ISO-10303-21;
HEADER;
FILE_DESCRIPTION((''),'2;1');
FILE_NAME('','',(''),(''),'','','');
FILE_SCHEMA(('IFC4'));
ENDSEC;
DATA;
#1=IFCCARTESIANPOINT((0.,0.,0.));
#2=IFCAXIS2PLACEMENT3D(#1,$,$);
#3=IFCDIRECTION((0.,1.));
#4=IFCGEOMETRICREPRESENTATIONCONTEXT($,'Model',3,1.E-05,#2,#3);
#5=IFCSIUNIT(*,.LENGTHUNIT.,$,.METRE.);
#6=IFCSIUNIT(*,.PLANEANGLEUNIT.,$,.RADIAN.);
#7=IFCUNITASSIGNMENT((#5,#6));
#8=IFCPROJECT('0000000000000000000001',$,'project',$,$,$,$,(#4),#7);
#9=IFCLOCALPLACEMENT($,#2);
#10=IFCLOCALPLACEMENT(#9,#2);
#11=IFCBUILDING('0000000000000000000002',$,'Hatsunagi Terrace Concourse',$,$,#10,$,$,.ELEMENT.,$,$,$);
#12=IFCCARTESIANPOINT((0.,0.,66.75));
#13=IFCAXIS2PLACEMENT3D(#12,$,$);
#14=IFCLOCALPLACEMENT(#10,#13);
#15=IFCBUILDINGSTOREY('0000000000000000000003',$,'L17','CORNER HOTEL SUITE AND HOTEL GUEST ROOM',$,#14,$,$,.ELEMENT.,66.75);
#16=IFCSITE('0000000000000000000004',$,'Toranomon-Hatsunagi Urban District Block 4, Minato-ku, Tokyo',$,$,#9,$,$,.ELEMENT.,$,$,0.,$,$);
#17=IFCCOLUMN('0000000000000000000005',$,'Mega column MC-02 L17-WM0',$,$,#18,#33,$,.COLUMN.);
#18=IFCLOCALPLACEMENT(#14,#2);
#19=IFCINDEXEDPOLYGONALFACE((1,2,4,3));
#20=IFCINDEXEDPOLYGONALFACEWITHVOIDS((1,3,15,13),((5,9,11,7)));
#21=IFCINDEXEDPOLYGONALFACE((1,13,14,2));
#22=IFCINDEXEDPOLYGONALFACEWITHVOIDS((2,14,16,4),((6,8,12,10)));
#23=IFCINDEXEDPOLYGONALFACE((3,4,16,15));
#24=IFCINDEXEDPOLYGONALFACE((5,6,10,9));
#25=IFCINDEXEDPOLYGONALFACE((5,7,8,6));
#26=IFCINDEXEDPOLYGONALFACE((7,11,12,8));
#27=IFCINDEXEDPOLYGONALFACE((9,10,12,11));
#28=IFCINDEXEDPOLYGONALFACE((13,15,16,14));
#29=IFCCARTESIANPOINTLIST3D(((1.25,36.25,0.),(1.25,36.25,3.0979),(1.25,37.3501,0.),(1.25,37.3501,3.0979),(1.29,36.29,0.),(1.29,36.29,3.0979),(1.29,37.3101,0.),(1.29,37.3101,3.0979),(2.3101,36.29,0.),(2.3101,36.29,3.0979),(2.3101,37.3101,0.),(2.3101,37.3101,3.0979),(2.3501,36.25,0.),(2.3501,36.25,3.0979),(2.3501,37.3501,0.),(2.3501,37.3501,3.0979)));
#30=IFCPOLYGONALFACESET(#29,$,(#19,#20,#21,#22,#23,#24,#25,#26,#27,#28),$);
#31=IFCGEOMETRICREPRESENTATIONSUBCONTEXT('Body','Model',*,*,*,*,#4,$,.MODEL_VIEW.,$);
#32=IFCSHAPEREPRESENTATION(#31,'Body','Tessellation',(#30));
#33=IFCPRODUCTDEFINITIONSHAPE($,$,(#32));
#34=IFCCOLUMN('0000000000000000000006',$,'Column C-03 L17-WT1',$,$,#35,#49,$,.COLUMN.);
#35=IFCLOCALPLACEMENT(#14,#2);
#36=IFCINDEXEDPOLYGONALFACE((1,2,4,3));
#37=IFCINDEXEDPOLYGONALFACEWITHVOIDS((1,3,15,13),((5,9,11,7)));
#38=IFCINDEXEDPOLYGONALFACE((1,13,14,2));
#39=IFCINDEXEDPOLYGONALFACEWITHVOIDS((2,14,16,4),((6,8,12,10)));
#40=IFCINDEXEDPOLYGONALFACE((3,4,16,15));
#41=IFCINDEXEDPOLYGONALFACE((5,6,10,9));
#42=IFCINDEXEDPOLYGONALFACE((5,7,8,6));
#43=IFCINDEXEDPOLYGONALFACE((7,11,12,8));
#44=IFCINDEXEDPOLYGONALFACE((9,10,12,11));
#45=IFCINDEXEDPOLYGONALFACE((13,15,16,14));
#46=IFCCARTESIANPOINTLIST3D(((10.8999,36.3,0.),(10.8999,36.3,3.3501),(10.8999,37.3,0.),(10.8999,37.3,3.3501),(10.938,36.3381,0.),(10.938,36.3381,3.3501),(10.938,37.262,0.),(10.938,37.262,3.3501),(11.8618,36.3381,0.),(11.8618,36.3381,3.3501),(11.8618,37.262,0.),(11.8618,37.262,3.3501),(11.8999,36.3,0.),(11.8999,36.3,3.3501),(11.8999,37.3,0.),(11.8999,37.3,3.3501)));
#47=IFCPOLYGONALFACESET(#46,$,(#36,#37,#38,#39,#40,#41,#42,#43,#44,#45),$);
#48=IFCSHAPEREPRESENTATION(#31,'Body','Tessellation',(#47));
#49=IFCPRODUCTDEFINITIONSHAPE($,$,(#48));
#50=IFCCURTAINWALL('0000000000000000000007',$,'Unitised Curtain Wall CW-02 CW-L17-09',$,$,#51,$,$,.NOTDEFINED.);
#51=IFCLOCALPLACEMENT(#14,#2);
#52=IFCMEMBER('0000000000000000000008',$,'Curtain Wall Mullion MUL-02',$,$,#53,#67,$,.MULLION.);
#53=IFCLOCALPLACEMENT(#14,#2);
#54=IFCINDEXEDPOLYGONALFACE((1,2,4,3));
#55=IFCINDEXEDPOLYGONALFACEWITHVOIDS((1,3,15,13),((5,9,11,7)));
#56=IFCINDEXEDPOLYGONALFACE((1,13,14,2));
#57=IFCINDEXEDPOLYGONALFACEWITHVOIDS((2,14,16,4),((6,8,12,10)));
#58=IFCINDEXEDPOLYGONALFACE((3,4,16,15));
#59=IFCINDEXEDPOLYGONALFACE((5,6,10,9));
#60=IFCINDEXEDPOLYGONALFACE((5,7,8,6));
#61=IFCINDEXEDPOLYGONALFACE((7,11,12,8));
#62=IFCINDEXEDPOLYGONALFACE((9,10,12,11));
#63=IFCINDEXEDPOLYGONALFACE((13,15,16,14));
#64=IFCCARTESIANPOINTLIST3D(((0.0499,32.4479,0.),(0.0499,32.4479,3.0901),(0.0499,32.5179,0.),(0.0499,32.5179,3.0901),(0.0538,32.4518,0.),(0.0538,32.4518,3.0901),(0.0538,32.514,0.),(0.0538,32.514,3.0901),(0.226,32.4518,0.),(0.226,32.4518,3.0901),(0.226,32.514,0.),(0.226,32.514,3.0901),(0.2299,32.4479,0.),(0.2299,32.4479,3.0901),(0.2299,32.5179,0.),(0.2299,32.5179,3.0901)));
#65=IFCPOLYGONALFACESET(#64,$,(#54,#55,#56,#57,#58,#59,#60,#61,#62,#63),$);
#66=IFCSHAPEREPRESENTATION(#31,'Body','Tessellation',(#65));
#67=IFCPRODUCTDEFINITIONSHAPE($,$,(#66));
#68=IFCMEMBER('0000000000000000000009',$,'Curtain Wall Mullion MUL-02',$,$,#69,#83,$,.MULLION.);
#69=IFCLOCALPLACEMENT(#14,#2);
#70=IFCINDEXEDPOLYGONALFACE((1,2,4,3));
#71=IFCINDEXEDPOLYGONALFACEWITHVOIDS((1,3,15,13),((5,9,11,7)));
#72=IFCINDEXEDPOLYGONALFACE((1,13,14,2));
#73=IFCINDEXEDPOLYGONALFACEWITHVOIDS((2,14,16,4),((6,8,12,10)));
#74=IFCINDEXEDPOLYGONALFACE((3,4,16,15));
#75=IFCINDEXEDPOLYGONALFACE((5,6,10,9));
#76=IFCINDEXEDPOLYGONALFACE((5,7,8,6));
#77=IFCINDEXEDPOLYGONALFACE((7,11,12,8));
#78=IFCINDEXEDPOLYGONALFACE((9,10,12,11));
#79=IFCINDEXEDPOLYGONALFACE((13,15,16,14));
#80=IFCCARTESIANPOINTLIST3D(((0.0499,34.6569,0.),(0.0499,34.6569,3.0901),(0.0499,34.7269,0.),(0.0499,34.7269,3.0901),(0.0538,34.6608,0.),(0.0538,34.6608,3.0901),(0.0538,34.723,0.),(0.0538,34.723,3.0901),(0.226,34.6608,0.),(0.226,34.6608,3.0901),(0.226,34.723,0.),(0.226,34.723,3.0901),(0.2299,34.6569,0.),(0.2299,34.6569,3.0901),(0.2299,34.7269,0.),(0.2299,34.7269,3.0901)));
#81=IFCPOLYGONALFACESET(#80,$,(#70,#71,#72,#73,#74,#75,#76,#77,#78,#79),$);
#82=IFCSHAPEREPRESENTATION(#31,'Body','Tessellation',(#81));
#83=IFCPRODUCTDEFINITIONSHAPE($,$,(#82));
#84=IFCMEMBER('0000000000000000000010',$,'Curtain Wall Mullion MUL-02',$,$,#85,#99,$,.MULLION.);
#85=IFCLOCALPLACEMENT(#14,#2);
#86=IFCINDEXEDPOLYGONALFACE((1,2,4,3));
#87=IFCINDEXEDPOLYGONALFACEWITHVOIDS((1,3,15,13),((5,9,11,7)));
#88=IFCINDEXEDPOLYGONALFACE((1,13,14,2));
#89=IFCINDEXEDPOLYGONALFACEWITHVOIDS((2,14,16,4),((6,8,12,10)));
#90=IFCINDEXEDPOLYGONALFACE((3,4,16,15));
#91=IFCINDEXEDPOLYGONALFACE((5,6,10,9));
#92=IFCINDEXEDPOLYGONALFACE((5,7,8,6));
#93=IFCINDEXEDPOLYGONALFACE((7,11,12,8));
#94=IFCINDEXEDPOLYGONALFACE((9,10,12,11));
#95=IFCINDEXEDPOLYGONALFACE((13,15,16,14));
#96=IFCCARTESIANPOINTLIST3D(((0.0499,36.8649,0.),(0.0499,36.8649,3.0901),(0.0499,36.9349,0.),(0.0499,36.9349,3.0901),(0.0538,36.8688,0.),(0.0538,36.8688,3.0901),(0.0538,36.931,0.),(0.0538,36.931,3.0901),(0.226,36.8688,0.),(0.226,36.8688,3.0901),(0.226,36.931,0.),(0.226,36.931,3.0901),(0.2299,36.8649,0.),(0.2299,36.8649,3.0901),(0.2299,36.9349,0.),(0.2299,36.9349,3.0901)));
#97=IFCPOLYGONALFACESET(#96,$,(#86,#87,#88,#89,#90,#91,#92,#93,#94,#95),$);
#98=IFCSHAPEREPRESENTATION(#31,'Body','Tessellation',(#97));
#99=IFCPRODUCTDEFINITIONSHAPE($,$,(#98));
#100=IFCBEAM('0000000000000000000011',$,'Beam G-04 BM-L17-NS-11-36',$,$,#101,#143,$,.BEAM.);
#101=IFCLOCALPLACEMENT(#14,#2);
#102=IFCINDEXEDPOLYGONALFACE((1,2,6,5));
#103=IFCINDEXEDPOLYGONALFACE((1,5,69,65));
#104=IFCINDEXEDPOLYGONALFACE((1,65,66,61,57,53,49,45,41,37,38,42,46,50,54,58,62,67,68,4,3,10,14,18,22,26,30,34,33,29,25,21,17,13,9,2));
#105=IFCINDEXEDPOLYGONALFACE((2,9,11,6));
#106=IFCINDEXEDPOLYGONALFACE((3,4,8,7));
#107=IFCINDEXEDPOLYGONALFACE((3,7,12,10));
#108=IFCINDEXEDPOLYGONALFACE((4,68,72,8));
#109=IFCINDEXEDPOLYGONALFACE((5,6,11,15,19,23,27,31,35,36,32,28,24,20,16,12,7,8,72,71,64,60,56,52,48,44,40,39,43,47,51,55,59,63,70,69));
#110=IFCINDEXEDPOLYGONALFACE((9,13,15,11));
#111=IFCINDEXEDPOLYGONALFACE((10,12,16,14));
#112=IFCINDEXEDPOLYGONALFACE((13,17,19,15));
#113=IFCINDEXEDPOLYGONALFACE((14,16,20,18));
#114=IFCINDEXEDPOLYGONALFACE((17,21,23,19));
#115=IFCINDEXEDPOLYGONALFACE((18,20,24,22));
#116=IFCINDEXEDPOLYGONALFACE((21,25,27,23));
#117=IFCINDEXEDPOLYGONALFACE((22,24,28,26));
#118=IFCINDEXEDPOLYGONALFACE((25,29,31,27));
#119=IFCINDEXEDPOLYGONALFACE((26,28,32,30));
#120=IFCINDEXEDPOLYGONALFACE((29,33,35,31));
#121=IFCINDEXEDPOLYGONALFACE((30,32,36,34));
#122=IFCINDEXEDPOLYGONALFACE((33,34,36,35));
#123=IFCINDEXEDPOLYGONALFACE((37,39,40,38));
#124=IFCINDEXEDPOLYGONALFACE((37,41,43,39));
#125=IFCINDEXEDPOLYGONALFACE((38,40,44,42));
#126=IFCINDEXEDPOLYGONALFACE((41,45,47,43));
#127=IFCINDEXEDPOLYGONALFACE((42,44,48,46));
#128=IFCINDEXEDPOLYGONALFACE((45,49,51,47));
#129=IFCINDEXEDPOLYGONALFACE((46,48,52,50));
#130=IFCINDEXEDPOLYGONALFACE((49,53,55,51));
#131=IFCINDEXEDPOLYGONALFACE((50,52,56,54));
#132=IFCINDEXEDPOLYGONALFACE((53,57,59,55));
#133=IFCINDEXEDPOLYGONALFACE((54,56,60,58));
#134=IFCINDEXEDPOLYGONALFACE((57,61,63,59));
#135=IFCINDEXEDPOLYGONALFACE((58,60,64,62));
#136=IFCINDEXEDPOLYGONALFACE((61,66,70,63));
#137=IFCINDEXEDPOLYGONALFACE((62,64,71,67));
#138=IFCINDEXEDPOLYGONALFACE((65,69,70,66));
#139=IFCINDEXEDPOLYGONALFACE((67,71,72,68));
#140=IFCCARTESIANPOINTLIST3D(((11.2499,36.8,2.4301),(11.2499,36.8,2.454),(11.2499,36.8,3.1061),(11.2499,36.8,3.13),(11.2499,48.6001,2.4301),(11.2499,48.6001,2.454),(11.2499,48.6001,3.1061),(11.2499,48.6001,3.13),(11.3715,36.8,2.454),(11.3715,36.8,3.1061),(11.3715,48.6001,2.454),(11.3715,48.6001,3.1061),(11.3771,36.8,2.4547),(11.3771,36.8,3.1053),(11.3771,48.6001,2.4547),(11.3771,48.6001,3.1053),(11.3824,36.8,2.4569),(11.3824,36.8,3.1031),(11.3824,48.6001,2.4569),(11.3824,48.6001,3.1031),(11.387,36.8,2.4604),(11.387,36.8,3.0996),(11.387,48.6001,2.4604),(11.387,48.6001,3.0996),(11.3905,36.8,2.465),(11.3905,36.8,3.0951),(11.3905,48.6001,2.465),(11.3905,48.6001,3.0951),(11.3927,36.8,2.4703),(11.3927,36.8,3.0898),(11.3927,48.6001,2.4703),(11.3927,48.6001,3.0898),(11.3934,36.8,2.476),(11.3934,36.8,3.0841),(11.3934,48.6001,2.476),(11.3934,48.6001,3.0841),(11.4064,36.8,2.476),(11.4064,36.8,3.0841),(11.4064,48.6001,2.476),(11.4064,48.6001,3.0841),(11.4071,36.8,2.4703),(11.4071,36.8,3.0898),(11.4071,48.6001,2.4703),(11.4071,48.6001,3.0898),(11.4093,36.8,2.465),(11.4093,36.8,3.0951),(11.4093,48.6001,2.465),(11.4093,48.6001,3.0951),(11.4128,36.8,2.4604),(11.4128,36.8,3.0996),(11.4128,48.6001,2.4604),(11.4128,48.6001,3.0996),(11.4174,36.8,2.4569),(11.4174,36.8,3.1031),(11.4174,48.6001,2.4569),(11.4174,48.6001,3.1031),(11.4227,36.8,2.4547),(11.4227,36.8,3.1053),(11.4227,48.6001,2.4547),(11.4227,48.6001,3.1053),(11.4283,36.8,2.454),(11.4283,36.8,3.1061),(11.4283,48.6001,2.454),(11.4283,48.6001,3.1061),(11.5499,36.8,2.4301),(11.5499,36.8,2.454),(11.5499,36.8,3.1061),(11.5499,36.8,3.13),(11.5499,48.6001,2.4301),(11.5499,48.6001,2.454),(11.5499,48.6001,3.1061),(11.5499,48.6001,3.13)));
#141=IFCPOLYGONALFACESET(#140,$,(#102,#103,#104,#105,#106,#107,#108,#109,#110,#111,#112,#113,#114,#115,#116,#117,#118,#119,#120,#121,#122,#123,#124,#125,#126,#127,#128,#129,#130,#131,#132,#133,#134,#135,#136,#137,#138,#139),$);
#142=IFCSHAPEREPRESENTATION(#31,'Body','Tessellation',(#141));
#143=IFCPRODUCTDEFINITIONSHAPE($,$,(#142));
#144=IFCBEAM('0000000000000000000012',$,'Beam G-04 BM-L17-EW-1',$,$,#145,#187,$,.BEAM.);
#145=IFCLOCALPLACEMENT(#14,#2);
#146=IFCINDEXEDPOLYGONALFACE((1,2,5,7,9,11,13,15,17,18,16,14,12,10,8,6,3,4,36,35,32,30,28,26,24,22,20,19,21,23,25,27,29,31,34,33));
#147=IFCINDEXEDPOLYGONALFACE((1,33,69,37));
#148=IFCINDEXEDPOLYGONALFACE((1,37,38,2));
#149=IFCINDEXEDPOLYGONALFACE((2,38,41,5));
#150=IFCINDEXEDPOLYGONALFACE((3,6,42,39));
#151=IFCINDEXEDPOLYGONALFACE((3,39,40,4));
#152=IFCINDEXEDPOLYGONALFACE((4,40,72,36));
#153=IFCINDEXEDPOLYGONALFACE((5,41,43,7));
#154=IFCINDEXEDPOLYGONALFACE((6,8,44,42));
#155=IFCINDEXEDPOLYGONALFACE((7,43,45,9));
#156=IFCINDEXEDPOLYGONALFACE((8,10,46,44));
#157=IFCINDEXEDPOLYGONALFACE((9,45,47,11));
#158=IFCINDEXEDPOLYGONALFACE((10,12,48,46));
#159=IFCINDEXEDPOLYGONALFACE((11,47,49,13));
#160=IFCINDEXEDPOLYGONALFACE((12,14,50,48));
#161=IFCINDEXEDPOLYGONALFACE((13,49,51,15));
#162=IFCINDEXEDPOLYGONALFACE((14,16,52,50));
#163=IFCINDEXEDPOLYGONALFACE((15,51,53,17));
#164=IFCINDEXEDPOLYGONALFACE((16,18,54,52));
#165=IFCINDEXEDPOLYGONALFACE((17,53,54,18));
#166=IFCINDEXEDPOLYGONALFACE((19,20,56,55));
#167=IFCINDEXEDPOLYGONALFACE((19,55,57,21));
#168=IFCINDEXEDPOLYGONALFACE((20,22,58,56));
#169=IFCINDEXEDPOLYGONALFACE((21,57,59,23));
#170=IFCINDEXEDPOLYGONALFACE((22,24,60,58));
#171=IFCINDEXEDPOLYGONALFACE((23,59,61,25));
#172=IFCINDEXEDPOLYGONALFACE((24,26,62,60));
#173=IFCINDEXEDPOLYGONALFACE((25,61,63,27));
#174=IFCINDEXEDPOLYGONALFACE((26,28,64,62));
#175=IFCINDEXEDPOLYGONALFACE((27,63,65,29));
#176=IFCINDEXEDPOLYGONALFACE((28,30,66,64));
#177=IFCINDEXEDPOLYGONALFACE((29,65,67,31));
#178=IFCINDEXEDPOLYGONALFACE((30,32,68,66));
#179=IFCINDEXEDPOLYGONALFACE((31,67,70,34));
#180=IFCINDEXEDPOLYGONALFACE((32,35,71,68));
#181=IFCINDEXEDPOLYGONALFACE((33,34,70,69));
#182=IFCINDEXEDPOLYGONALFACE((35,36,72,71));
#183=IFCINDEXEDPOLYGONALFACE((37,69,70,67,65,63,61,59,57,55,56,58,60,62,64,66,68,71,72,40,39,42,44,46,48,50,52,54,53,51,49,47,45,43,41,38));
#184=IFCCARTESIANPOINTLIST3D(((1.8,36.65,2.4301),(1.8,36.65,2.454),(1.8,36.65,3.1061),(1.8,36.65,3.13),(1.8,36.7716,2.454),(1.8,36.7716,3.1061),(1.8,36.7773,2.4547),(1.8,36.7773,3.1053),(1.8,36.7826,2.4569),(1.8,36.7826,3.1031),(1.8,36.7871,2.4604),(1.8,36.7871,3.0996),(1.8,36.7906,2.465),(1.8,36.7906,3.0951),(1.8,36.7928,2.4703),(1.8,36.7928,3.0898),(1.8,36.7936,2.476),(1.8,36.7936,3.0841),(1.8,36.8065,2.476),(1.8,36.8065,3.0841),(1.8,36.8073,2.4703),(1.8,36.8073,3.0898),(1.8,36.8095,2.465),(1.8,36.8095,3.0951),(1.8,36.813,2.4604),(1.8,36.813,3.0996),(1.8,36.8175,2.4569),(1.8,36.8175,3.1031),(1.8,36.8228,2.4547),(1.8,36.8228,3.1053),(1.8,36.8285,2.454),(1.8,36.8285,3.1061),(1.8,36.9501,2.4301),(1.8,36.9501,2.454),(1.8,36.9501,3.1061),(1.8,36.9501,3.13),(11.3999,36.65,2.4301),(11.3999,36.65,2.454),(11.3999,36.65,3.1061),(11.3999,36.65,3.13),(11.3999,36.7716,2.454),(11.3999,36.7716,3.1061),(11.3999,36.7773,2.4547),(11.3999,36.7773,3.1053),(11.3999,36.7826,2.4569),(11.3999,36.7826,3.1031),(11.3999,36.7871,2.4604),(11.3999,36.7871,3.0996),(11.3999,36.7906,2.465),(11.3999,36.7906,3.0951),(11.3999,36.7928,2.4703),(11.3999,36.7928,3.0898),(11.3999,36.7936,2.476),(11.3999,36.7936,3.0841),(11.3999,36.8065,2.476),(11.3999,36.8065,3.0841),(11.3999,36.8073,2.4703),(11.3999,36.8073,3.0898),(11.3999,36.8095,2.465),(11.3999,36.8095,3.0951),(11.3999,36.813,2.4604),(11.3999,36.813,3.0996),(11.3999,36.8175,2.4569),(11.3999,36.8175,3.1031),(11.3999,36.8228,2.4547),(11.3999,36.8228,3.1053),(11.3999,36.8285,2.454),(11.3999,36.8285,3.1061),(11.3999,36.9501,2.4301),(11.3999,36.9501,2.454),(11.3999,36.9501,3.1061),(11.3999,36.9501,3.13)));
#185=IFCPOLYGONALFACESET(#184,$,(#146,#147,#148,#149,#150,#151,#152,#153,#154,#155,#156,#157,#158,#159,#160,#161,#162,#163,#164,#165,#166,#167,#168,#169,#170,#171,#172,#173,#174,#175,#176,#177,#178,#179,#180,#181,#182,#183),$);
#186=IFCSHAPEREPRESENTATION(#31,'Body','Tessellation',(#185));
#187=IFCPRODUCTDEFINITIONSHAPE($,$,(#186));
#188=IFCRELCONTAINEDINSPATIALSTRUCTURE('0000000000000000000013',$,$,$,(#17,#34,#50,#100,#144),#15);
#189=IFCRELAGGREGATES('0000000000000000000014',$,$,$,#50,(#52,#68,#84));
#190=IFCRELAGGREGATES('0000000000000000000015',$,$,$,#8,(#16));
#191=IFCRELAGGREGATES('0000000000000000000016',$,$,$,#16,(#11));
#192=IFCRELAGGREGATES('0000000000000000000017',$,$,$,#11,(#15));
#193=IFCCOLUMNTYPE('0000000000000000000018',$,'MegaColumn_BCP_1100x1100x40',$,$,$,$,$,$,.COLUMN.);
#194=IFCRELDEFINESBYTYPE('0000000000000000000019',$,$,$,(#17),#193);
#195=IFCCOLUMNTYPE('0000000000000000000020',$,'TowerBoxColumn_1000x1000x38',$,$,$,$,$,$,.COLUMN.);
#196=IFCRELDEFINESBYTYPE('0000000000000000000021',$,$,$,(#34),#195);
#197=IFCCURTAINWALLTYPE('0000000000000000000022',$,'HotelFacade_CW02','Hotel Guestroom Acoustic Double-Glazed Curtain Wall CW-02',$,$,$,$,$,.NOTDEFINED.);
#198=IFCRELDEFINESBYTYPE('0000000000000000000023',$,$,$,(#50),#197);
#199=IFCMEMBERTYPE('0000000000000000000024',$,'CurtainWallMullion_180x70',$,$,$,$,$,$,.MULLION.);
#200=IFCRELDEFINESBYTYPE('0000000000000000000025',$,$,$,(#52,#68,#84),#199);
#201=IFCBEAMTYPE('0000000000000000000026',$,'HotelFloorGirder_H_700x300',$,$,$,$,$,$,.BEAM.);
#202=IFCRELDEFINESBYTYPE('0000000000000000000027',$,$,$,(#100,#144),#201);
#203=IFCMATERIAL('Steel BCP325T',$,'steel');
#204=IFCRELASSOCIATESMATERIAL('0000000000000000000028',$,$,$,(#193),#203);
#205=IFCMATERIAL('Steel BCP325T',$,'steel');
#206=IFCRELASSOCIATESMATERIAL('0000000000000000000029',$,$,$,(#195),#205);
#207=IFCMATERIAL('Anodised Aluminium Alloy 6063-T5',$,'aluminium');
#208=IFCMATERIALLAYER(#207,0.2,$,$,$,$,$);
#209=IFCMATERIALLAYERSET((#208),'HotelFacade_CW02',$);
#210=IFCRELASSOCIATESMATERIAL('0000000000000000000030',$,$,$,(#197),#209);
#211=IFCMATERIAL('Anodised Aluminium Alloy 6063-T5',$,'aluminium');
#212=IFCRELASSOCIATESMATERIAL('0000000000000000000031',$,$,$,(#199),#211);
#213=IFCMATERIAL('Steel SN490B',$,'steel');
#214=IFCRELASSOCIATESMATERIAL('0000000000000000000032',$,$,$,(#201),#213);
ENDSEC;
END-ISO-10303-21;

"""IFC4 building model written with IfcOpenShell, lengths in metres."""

from ifc_helpers import new_model, si_unit, direction, frame, origin, origin_2d, place, context, subcontext, project, spatial, hollow_rectangle, i_section, extrude, material, layer, layer_set, material_profile, profile_set, type_object, element, aggregate, save


model = new_model("IFC4")

# Units and contexts
model_context = context("Model", 3, precision=1e-05, world=origin(), true_north=direction((0.0, 1.0)))
body_context = subcontext(model_context, "Body", "Model", "MODEL_VIEW")
ifc_project = project(units=[si_unit("LENGTHUNIT", "METRE"), si_unit("PLANEANGLEUNIT", "RADIAN")], contexts=[model_context])

# Site, building, storey
site_placement = place(None, origin())
site = spatial("IfcSite", under=ifc_project, at=site_placement, Name="Toranomon-Hatsunagi Urban District Block 4, Minato-ku, Tokyo", CompositionType="ELEMENT", RefElevation=0.0)
building_placement = place(site_placement, origin())
building = spatial("IfcBuilding", under=site, at=building_placement, Name="Hatsunagi Terrace Concourse", CompositionType="ELEMENT")
storey_placement = place(building_placement, frame((0.0, 0.0, 66.75)))
storey = spatial("IfcBuildingStorey", under=building, at=storey_placement, Name="L17", Description="CORNER HOTEL SUITE AND HOTEL GUEST ROOM", CompositionType="ELEMENT", Elevation=66.75)

# Columns
ifc_material_1 = material(Name="Steel BCP325T", Category="steel")
ifc_material_profile_1 = material_profile(ifc_material_1, hollow_rectangle(XDim=1.1001, YDim=1.1001, WallThickness=0.04, at=origin_2d()), Name="BCP-1100x1100x40")
ifc_profile_set_1 = profile_set([ifc_material_profile_1], Name="Steel BCP325T")
column_type_1 = type_object("IfcColumnType", Name="MegaColumn_BCP_1100x1100x40", PredefinedType="COLUMN", material=ifc_profile_set_1)
column_1_placement = place(storey_placement, frame((1.8, 36.8, 0.0), z_axis=(0.0, 0.0, 1.0), x_axis=(1.0, 0.0, 0.0)))
element("IfcColumn", 1, at=column_1_placement, inside=storey, type_object=column_type_1, Name="Mega column MC-02 L17-WM0", PredefinedType="COLUMN", context=body_context, shape_type="SweptSolid", body=[
    extrude(hollow_rectangle(XDim=1.1001, YDim=1.1001, WallThickness=0.04, at=origin_2d()), origin(), (0.0, 0.0, 1.0), 3.0979),
])
ifc_material_2 = material(Name="Steel BCP325T", Category="steel")
ifc_material_profile_2 = material_profile(ifc_material_2, hollow_rectangle(XDim=1.0, YDim=1.0, WallThickness=0.0381, at=origin_2d()), Name="BCP-1000x1000x38")
ifc_profile_set_2 = profile_set([ifc_material_profile_2], Name="Steel BCP325T")
column_type_2 = type_object("IfcColumnType", Name="TowerBoxColumn_1000x1000x38", PredefinedType="COLUMN", material=ifc_profile_set_2)
column_2_placement = place(storey_placement, frame((11.3999, 36.8, 0.0), z_axis=(0.0, 0.0, 1.0), x_axis=(1.0, 0.0, 0.0)))
element("IfcColumn", 2, at=column_2_placement, inside=storey, type_object=column_type_2, Name="Column C-03 L17-WT1", PredefinedType="COLUMN", context=body_context, shape_type="SweptSolid", body=[
    extrude(hollow_rectangle(XDim=1.0, YDim=1.0, WallThickness=0.0381, at=origin_2d()), origin(), (0.0, 0.0, 1.0), 3.3501),
])

# Curtain wall, members
ifc_material_3 = material(Name="Anodised Aluminium Alloy 6063-T5", Category="aluminium")
ifc_layer_1 = layer(ifc_material_3, 0.2)
ifc_layer_set_1 = layer_set([ifc_layer_1], Name="HotelFacade_CW02")
curtain_wall_type = type_object("IfcCurtainWallType", Name="HotelFacade_CW02", Description="Hotel Guestroom Acoustic Double-Glazed Curtain Wall CW-02", PredefinedType="NOTDEFINED", material=ifc_layer_set_1)
curtain_wall_placement = place(storey_placement, origin())
curtain_wall = element("IfcCurtainWall", 3, at=curtain_wall_placement, inside=storey, type_object=curtain_wall_type, Name="Unitised Curtain Wall CW-02 CW-L17-09", PredefinedType="NOTDEFINED")
ifc_material_4 = material(Name="Anodised Aluminium Alloy 6063-T5", Category="aluminium")
ifc_material_profile_3 = material_profile(ifc_material_4, hollow_rectangle(XDim=0.0701, YDim=0.1799, WallThickness=0.0039, at=origin_2d()), Name="ALU-MUL-180x70x4")
ifc_profile_set_3 = profile_set([ifc_material_profile_3], Name="Anodised Aluminium Alloy 6063-T5")
member_type = type_object("IfcMemberType", Name="CurtainWallMullion_180x70", PredefinedType="MULLION", material=ifc_profile_set_3)
member_1_placement = place(storey_placement, frame((0.1399, 32.4829, 0.0), z_axis=(0.0, 0.0, 1.0), x_axis=(0.0, 1.0, 0.0)))
member_1 = element("IfcMember", 4, at=member_1_placement, type_object=member_type, Name="Curtain Wall Mullion MUL-02", PredefinedType="MULLION", context=body_context, shape_type="SweptSolid", body=[
    extrude(hollow_rectangle(XDim=0.0701, YDim=0.1799, WallThickness=0.0039, at=origin_2d()), origin(), (0.0, 0.0, 1.0), 3.0901),
])
member_2_placement = place(storey_placement, frame((0.1399, 34.6919, 0.0), z_axis=(0.0, 0.0, 1.0), x_axis=(0.0, 1.0, 0.0)))
member_2 = element("IfcMember", 5, at=member_2_placement, type_object=member_type, Name="Curtain Wall Mullion MUL-02", PredefinedType="MULLION", context=body_context, shape_type="SweptSolid", body=[
    extrude(hollow_rectangle(XDim=0.0701, YDim=0.1799, WallThickness=0.0039, at=origin_2d()), origin(), (0.0, 0.0, 1.0), 3.0901),
])
member_3_placement = place(storey_placement, frame((0.1399, 36.8999, 0.0), z_axis=(0.0, 0.0, 1.0), x_axis=(0.0, 1.0, 0.0)))
member_3 = element("IfcMember", 6, at=member_3_placement, type_object=member_type, Name="Curtain Wall Mullion MUL-02", PredefinedType="MULLION", context=body_context, shape_type="SweptSolid", body=[
    extrude(hollow_rectangle(XDim=0.0701, YDim=0.1799, WallThickness=0.0039, at=origin_2d()), origin(), (0.0, 0.0, 1.0), 3.0901),
])

# Beams
ifc_material_5 = material(Name="Steel SN490B", Category="steel")
ifc_material_profile_4 = material_profile(ifc_material_5, i_section(OverallWidth=0.3, OverallDepth=0.7, WebThickness=0.0129, FlangeThickness=0.0239, FilletRadius=0.022, at=origin_2d()), Name="H-700x300x13x24")
ifc_profile_set_4 = profile_set([ifc_material_profile_4], Name="Steel SN490B")
beam_type_1 = type_object("IfcBeamType", Name="HotelFloorGirder_H_700x300", PredefinedType="BEAM", material=ifc_profile_set_4)
beam_1_placement = place(storey_placement, frame((11.3999, 36.8, 2.78), z_axis=(0.0, 1.0, 0.0), x_axis=(-1.0, 0.0, 0.0)))
element("IfcBeam", 7, at=beam_1_placement, inside=storey, type_object=beam_type_1, Name="Beam G-04 BM-L17-NS-11-36", PredefinedType="BEAM", context=body_context, shape_type="SweptSolid", body=[
    extrude(i_section(OverallWidth=0.3, OverallDepth=0.7, WebThickness=0.0129, FlangeThickness=0.0239, FilletRadius=0.022, at=origin_2d()), origin(), (0.0, 0.0, 1.0), 11.8),
])
beam_2_placement = place(storey_placement, frame((1.8, 36.8, 2.78), z_axis=(1.0, 0.0, 0.0), x_axis=(0.0, 1.0, 0.0)))
element("IfcBeam", 8, at=beam_2_placement, inside=storey, type_object=beam_type_1, Name="Beam G-04 BM-L17-EW-1", PredefinedType="BEAM", context=body_context, shape_type="SweptSolid", body=[
    extrude(i_section(OverallWidth=0.3, OverallDepth=0.7, WebThickness=0.0129, FlangeThickness=0.0239, FilletRadius=0.022, at=origin_2d()), origin(), (0.0, 0.0, 1.0), 9.5999),
])

aggregate(curtain_wall, [member_1, member_2, member_3])

save(model, "model.ifc")
